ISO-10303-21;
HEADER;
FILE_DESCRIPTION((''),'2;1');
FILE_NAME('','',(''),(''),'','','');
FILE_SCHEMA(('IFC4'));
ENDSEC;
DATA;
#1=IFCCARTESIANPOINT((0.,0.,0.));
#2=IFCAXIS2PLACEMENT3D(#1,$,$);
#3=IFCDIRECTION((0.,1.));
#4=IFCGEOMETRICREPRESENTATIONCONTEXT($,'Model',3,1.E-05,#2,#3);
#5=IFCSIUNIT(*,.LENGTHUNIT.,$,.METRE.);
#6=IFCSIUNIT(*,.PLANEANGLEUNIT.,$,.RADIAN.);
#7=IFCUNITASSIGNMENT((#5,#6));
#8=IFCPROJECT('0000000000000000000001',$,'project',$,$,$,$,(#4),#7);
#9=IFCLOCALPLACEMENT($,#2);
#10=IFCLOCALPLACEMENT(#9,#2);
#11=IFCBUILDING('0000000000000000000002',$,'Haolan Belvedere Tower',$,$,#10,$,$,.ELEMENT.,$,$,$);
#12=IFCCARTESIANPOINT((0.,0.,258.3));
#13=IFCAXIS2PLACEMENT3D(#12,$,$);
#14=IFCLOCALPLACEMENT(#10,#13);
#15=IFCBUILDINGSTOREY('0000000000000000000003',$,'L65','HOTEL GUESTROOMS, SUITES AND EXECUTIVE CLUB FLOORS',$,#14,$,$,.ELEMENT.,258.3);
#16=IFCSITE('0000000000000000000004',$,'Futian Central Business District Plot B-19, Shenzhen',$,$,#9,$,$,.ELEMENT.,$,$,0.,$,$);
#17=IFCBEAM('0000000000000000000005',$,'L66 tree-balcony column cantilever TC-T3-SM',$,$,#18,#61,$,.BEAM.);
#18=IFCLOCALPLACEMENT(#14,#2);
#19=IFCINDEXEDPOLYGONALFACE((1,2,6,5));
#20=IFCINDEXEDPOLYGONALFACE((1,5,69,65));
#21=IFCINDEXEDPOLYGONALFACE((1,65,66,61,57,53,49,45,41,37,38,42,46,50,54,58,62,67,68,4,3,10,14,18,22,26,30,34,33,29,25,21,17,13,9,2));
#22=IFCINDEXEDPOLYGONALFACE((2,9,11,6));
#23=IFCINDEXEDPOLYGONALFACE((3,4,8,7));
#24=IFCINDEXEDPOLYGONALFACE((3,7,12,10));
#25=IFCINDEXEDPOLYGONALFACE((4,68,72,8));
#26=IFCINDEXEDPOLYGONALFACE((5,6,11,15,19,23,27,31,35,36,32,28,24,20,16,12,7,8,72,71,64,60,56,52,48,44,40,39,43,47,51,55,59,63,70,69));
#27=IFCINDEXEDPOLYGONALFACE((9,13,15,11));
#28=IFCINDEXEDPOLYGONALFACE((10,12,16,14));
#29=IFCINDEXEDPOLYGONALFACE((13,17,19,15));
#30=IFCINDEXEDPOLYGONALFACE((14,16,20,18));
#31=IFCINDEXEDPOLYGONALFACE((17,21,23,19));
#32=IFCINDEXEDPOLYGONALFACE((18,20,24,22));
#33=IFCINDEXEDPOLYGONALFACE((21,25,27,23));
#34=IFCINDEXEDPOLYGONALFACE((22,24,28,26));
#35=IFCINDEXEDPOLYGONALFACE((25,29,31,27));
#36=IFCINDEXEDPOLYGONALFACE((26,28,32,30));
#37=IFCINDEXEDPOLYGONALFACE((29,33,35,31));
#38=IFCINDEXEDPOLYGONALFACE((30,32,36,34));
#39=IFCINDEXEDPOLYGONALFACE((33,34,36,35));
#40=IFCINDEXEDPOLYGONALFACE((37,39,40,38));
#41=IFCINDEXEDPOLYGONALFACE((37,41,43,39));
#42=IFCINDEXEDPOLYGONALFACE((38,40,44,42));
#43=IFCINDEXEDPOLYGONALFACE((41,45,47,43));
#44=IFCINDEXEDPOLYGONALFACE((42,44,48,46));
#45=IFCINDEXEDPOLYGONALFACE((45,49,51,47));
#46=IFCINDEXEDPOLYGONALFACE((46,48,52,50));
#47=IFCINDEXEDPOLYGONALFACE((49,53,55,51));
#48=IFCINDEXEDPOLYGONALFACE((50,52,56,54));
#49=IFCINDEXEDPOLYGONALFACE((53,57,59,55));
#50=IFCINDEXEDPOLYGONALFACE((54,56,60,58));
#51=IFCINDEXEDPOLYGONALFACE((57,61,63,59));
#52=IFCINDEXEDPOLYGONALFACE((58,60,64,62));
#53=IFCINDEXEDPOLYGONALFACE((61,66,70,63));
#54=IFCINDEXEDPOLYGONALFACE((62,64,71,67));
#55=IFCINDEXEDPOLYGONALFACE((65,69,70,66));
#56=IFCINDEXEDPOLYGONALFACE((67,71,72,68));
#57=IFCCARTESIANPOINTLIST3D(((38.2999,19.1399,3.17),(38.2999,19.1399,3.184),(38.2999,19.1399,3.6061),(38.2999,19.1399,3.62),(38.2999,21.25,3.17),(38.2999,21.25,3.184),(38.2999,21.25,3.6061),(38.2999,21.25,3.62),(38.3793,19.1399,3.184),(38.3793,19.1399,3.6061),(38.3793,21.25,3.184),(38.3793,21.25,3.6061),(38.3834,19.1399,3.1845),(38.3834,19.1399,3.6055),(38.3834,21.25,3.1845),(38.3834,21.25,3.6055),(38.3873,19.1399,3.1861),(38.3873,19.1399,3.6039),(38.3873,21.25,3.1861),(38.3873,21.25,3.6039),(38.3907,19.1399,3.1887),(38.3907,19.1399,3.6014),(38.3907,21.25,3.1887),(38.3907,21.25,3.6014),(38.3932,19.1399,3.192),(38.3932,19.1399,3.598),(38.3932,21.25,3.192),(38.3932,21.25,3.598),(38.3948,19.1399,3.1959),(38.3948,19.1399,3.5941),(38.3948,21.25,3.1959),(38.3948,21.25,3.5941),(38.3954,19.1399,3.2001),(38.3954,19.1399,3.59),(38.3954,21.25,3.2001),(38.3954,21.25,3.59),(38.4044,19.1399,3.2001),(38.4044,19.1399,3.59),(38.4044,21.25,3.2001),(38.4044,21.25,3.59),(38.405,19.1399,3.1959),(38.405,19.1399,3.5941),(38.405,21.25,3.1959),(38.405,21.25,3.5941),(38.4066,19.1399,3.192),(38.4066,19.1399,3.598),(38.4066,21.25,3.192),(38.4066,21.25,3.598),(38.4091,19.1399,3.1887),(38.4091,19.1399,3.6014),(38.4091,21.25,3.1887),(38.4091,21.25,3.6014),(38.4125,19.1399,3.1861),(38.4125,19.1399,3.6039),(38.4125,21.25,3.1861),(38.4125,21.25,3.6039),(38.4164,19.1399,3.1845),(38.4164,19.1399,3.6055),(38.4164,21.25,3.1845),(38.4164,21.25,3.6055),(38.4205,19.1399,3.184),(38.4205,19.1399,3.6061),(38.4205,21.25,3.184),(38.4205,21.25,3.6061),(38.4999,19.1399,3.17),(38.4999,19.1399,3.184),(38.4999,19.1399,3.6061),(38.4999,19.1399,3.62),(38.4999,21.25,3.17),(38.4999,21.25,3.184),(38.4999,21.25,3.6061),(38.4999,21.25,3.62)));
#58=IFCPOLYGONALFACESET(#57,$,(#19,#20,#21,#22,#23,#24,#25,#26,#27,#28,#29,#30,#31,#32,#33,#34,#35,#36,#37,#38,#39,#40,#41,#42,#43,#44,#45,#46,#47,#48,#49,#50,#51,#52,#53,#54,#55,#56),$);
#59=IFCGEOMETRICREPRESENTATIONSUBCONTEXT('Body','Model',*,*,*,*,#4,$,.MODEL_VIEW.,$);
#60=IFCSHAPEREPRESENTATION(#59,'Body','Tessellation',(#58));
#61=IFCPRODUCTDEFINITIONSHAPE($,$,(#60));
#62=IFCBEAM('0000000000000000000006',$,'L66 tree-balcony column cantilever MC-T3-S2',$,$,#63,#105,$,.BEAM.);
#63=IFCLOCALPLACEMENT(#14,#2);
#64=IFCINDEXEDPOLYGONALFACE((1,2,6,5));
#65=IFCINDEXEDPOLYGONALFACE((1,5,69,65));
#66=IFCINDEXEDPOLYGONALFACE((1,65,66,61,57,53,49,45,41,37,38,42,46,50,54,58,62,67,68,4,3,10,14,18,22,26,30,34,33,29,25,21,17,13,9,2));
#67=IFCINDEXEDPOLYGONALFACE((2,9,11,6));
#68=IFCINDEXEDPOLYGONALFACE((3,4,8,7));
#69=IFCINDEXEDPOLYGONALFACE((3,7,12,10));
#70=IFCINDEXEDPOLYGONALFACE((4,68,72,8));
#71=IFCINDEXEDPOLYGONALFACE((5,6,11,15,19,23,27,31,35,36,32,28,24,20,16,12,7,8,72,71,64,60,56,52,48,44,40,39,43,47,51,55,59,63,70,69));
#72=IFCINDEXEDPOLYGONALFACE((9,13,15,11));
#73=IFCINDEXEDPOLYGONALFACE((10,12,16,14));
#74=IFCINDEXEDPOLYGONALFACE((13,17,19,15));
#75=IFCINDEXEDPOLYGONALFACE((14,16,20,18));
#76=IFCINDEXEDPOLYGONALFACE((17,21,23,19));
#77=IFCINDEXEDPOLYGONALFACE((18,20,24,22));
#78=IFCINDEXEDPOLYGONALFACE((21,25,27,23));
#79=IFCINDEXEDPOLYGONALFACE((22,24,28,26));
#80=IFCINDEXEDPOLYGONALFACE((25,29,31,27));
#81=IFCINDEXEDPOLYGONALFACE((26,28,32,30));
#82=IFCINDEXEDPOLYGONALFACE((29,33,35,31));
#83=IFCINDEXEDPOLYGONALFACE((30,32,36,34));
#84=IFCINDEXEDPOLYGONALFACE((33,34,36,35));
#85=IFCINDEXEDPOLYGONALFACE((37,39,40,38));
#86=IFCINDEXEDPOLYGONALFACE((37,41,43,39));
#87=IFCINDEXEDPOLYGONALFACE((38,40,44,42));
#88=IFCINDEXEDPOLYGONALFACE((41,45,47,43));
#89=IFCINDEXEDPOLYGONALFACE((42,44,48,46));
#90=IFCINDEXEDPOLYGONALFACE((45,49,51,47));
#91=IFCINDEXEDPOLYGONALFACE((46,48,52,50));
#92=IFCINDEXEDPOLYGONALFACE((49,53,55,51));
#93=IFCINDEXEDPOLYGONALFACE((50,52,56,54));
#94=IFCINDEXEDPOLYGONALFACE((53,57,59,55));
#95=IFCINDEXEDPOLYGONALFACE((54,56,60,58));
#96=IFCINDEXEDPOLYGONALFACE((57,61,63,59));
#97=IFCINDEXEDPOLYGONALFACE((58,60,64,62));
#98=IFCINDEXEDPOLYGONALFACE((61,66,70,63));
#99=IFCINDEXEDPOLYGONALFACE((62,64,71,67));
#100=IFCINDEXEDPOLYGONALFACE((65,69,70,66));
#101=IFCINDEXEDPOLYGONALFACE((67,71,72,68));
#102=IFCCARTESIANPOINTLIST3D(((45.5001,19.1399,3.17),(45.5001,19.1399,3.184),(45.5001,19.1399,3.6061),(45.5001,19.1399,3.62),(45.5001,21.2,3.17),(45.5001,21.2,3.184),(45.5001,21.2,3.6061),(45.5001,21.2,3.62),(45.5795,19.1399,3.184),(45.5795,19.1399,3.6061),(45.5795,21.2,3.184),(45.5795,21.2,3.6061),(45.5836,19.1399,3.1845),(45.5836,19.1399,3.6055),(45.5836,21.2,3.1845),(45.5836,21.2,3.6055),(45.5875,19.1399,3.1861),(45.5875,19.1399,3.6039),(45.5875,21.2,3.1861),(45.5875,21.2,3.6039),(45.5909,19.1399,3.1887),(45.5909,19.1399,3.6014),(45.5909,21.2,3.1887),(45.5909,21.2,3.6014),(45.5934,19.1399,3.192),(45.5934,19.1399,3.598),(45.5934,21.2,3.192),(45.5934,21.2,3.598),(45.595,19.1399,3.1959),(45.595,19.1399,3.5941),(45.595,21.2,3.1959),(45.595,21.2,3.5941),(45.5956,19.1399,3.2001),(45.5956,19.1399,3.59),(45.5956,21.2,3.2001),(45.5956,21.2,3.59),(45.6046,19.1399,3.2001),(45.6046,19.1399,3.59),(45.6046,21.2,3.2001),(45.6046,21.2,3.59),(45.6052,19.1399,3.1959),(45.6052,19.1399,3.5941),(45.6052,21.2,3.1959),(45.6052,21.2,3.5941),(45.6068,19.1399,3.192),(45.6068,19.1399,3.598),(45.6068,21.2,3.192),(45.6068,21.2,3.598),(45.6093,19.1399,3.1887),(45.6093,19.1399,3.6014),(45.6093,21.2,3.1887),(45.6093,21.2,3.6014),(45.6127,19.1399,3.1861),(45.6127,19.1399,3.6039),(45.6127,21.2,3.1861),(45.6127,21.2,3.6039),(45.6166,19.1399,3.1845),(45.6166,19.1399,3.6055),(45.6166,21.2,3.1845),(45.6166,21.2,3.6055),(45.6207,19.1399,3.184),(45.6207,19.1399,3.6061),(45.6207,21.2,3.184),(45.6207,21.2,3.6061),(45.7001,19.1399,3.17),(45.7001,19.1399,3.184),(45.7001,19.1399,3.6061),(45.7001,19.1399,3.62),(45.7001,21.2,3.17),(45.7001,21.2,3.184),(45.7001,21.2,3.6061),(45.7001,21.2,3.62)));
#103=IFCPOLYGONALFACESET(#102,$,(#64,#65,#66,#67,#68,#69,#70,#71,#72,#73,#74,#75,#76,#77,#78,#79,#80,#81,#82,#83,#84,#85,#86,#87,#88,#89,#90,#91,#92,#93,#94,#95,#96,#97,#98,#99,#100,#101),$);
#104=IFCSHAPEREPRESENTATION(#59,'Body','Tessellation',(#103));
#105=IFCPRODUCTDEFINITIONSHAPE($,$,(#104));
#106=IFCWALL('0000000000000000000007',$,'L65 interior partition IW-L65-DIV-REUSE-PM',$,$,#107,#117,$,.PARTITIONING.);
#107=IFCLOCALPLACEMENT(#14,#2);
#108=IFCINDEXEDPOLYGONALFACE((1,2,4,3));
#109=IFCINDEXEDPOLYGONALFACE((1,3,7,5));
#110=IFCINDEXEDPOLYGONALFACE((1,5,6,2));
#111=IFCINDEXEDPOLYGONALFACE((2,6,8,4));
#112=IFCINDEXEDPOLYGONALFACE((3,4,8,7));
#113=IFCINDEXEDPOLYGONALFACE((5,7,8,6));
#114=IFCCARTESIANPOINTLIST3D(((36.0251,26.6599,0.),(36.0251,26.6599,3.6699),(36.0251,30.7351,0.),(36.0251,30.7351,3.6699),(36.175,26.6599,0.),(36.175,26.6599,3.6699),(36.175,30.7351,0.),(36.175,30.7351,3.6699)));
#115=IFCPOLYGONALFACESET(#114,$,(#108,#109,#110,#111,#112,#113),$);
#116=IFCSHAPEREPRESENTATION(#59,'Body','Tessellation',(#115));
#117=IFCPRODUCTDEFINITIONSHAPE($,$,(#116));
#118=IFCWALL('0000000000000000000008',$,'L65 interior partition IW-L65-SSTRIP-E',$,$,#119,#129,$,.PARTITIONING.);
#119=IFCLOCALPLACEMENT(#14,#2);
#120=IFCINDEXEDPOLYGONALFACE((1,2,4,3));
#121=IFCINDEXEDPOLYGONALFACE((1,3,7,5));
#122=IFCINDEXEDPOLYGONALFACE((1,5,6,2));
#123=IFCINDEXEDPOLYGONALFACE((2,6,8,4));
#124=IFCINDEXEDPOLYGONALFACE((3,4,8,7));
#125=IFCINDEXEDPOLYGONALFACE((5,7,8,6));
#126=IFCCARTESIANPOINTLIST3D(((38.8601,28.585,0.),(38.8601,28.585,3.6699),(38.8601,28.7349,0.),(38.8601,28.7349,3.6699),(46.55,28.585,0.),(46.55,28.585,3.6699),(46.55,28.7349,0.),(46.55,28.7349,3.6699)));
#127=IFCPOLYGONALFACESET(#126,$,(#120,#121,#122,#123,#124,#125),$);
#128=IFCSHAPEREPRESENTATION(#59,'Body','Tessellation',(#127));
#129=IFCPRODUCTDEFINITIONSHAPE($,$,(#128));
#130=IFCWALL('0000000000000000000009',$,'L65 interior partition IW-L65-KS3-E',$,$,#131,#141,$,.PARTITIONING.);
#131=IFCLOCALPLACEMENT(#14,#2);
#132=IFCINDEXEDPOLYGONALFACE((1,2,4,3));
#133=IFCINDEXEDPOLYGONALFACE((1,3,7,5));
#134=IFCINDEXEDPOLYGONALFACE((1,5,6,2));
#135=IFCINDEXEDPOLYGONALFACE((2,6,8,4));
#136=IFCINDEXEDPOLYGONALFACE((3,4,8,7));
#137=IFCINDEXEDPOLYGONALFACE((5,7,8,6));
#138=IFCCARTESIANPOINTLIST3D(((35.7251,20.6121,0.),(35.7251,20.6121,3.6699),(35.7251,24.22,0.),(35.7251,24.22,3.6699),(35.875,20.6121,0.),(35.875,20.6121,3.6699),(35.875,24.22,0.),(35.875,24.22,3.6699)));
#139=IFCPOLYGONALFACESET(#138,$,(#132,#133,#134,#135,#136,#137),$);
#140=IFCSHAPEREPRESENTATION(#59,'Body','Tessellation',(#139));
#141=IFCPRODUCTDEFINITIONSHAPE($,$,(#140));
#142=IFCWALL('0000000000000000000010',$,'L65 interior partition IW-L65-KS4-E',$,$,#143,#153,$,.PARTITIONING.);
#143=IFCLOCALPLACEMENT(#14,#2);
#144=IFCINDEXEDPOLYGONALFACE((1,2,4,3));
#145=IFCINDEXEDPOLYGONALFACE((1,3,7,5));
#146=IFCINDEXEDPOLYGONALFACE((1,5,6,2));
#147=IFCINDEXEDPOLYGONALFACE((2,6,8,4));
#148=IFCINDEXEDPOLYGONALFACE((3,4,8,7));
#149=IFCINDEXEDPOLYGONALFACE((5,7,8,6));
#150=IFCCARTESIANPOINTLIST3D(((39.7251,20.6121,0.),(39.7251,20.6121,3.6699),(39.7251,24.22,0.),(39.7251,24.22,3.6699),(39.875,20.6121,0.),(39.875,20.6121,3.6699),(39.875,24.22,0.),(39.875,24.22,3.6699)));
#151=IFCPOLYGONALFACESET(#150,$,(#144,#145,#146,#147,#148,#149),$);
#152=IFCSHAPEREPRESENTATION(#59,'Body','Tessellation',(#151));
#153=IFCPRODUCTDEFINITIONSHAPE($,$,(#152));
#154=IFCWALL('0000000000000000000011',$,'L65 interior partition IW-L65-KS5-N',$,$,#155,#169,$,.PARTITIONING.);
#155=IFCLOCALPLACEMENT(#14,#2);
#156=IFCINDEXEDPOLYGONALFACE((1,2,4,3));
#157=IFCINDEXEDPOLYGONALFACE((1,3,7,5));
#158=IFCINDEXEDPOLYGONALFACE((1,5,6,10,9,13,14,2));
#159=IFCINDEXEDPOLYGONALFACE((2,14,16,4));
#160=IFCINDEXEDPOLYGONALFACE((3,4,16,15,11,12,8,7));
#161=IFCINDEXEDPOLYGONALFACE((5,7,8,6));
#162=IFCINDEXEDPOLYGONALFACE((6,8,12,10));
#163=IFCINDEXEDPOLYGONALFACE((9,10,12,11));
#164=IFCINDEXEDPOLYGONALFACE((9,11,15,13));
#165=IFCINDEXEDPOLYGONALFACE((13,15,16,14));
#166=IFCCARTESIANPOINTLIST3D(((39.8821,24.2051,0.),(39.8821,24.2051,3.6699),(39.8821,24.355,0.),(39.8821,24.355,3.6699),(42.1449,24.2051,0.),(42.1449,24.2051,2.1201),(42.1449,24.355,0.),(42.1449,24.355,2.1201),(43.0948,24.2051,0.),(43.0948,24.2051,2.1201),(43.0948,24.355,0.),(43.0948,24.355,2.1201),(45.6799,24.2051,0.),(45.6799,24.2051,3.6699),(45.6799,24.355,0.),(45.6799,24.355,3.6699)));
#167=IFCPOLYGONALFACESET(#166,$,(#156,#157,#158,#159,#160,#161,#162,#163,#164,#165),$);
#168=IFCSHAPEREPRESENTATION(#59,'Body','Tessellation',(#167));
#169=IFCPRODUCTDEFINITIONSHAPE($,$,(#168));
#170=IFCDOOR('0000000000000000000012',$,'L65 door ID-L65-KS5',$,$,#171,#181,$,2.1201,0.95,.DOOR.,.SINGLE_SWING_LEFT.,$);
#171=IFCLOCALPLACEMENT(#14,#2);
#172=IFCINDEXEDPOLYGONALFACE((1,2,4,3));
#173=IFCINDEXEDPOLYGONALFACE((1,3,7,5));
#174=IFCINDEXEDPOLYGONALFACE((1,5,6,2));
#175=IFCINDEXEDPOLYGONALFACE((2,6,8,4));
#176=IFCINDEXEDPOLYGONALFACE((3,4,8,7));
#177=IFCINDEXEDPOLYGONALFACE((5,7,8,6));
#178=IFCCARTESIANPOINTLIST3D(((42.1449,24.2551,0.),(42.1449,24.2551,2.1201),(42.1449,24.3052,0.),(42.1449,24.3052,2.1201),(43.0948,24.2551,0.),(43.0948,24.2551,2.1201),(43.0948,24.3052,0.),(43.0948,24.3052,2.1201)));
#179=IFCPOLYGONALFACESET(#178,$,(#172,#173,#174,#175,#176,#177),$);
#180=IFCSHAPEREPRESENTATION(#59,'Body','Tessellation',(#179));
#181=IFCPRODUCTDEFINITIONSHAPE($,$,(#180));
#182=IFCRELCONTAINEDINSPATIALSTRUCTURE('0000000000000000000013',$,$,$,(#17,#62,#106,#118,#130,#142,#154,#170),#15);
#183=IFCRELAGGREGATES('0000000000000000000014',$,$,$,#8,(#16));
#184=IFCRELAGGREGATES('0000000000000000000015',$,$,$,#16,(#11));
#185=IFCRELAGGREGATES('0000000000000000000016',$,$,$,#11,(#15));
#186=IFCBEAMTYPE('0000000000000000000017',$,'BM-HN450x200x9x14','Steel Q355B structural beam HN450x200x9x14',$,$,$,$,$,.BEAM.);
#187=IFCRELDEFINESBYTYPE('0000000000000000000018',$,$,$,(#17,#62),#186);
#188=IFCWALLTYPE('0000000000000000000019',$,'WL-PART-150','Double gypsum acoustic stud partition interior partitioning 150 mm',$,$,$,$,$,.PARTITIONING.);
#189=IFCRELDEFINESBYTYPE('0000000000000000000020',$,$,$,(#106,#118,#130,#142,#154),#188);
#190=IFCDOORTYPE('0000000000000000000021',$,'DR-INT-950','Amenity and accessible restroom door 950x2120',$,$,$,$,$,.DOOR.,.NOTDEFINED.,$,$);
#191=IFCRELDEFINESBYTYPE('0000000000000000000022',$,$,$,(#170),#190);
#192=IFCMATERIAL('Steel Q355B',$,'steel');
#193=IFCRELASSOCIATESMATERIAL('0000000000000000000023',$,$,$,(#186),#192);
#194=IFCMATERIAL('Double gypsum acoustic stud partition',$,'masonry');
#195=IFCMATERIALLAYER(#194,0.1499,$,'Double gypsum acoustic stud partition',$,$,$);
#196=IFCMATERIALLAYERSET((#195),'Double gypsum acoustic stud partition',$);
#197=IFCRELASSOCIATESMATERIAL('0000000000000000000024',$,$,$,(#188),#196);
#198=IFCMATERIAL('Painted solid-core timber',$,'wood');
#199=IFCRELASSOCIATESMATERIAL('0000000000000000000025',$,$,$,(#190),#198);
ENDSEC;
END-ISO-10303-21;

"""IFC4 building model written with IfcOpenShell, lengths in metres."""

from ifc_helpers import new_model, si_unit, direction, frame, frame_2d, origin, origin_2d, place, context, subcontext, project, spatial, rectangle, i_section, extrude, material, layer, layer_set, material_profile, profile_set, type_object, element, fill, save


model = new_model("IFC4")

# Units and contexts
model_context = context("Model", 3, precision=1e-05, world=origin(), true_north=direction((0.0, 1.0)))
body_context = subcontext(model_context, "Body", "Model", "MODEL_VIEW")
ifc_project = project(units=[si_unit("LENGTHUNIT", "METRE"), si_unit("PLANEANGLEUNIT", "RADIAN")], contexts=[model_context])

# Site, building, storey
site_placement = place(None, origin())
site = spatial("IfcSite", under=ifc_project, at=site_placement, Name="Futian Central Business District Plot B-19, Shenzhen", CompositionType="ELEMENT", RefElevation=0.0)
building_placement = place(site_placement, origin())
building = spatial("IfcBuilding", under=site, at=building_placement, Name="Haolan Belvedere Tower", CompositionType="ELEMENT")
storey_placement = place(building_placement, frame((0.0, 0.0, 258.3)))
storey = spatial("IfcBuildingStorey", under=building, at=storey_placement, Name="L65", Description="HOTEL GUESTROOMS, SUITES AND EXECUTIVE CLUB FLOORS", CompositionType="ELEMENT", Elevation=258.3)

# Beams
ifc_material_1 = material(Name="Steel Q355B", Category="steel")
ifc_material_profile_1 = material_profile(ifc_material_1, i_section(OverallWidth=0.2, OverallDepth=0.45, WebThickness=0.009, FlangeThickness=0.0139, FilletRadius=0.0161, at=origin_2d()), Name="Steel Q355B")
ifc_profile_set_1 = profile_set([ifc_material_profile_1], Name="Steel Q355B")
beam_type_1 = type_object("IfcBeamType", Name="BM-HN450x200x9x14", Description="Steel Q355B structural beam HN450x200x9x14", PredefinedType="BEAM", material=ifc_profile_set_1)
beam_1_placement = place(storey_placement, frame((38.3999, 21.25, 3.395), z_axis=(0.0, -1.0, 0.0), x_axis=(1.0, 0.0, 0.0)))
element("IfcBeam", 1, at=beam_1_placement, inside=storey, type_object=beam_type_1, Name="L66 tree-balcony column cantilever TC-T3-SM", PredefinedType="BEAM", context=body_context, shape_type="SweptSolid", body=[
    extrude(i_section(OverallWidth=0.2, OverallDepth=0.45, WebThickness=0.009, FlangeThickness=0.0139, FilletRadius=0.0161, at=origin_2d()), origin(), (0.0, 0.0, 1.0), 2.1101),
])
beam_2_placement = place(storey_placement, frame((45.6001, 21.2, 3.395), z_axis=(0.0, -1.0, 0.0), x_axis=(1.0, 0.0, 0.0)))
element("IfcBeam", 2, at=beam_2_placement, inside=storey, type_object=beam_type_1, Name="L66 tree-balcony column cantilever MC-T3-S2", PredefinedType="BEAM", context=body_context, shape_type="SweptSolid", body=[
    extrude(i_section(OverallWidth=0.2, OverallDepth=0.45, WebThickness=0.009, FlangeThickness=0.0139, FilletRadius=0.0161, at=origin_2d()), origin(), (0.0, 0.0, 1.0), 2.0601),
])

# Walls
ifc_material_2 = material(Name="Double gypsum acoustic stud partition", Category="masonry")
ifc_layer_1 = layer(ifc_material_2, 0.1499, Name="Double gypsum acoustic stud partition")
ifc_layer_set_1 = layer_set([ifc_layer_1], Name="Double gypsum acoustic stud partition")
wall_type_1 = type_object("IfcWallType", Name="WL-PART-150", Description="Double gypsum acoustic stud partition interior partitioning 150 mm", PredefinedType="PARTITIONING", material=ifc_layer_set_1)
wall_1_placement = place(storey_placement, frame((36.1001, 26.6599, 0.0), z_axis=(0.0, 0.0, 1.0), x_axis=(0.0, 1.0, 0.0)))
element("IfcWall", 3, at=wall_1_placement, inside=storey, type_object=wall_type_1, Name="L65 interior partition IW-L65-DIV-REUSE-PM", PredefinedType="PARTITIONING", context=body_context, shape_type="SweptSolid", body=[
    extrude(rectangle(XDim=4.0752, YDim=0.1499, at=frame_2d((2.0376, 0.0))), origin(), (0.0, 0.0, 1.0), 3.6699),
])
wall_2_placement = place(storey_placement, frame((38.8601, 28.6599, 0.0), z_axis=(0.0, 0.0, 1.0), x_axis=(1.0, 0.0, 0.0)))
element("IfcWall", 4, at=wall_2_placement, inside=storey, type_object=wall_type_1, Name="L65 interior partition IW-L65-SSTRIP-E", PredefinedType="PARTITIONING", context=body_context, shape_type="SweptSolid", body=[
    extrude(rectangle(XDim=7.6899, YDim=0.1499, at=frame_2d((3.845, 0.0))), origin(), (0.0, 0.0, 1.0), 3.6699),
])
wall_3_placement = place(storey_placement, frame((35.8, 20.6121, 0.0), z_axis=(0.0, 0.0, 1.0), x_axis=(0.0, 1.0, 0.0)))
element("IfcWall", 5, at=wall_3_placement, inside=storey, type_object=wall_type_1, Name="L65 interior partition IW-L65-KS3-E", PredefinedType="PARTITIONING", context=body_context, shape_type="SweptSolid", body=[
    extrude(rectangle(XDim=3.6079, YDim=0.1499, at=frame_2d((1.804, 0.0))), origin(), (0.0, 0.0, 1.0), 3.6699),
])

# Shared definitions
ifc_material_3 = material(Name="Painted solid-core timber", Category="wood")
door_type = type_object("IfcDoorType", Name="DR-INT-950", Description="Amenity and accessible restroom door 950x2120", OperationType="NOTDEFINED", PredefinedType="DOOR", material=ifc_material_3)

# Wall
wall_4_placement = place(storey_placement, frame((39.8, 20.6121, 0.0), z_axis=(0.0, 0.0, 1.0), x_axis=(0.0, 1.0, 0.0)))
element("IfcWall", 6, at=wall_4_placement, inside=storey, type_object=wall_type_1, Name="L65 interior partition IW-L65-KS4-E", PredefinedType="PARTITIONING", context=body_context, shape_type="SweptSolid", body=[
    extrude(rectangle(XDim=3.6079, YDim=0.1499, at=frame_2d((1.804, 0.0))), origin(), (0.0, 0.0, 1.0), 3.6699),
])

# Wall, opening, door
wall_5_placement = place(storey_placement, frame((39.8821, 24.28, 0.0), z_axis=(0.0, 0.0, 1.0), x_axis=(1.0, 0.0, 0.0)))
wall_5 = element("IfcWall", 7, at=wall_5_placement, inside=storey, type_object=wall_type_1, Name="L65 interior partition IW-L65-KS5-N", PredefinedType="PARTITIONING", context=body_context, shape_type="SweptSolid", body=[
    extrude(rectangle(XDim=5.7979, YDim=0.1499, at=frame_2d((2.8989, 0.0))), origin(), (0.0, 0.0, 1.0), 3.6699),
])
opening_1_placement = place(wall_5_placement, frame((3.2129, 0.0, 0.0), z_axis=(0.0, 0.0, 1.0), x_axis=(-1.0, 0.0, 0.0)))
opening_1 = element("IfcOpeningElement", 8, at=opening_1_placement, cuts=wall_5, PredefinedType="OPENING", context=body_context, shape_type="SweptSolid", body=[
    extrude(rectangle(XDim=0.95, YDim=2.1201, at=frame_2d((0.4751, 1.0601))), frame((0.0, 0.085, 0.0), z_axis=(0.0, -1.0, 0.0), x_axis=(1.0, 0.0, 0.0)), (0.0, 0.0, 1.0), 0.1699),
])
door_1_placement = place(opening_1_placement, origin())
door_1 = element("IfcDoor", 9, at=door_1_placement, inside=storey, type_object=door_type, Name="L65 door ID-L65-KS5", OperationType="SINGLE_SWING_LEFT", OverallHeight=2.1201, OverallWidth=0.95, PredefinedType="DOOR", context=body_context, shape_type="SweptSolid", body=[
    extrude(rectangle(XDim=0.95, YDim=2.1201, at=frame_2d((0.4751, 1.0601))), frame((0.0, 0.0249, 0.0), z_axis=(0.0, -1.0, 0.0), x_axis=(1.0, 0.0, 0.0)), (0.0, 0.0, 1.0), 0.05),
])
fill(opening_1, door_1)

save(model, "model.ifc")
